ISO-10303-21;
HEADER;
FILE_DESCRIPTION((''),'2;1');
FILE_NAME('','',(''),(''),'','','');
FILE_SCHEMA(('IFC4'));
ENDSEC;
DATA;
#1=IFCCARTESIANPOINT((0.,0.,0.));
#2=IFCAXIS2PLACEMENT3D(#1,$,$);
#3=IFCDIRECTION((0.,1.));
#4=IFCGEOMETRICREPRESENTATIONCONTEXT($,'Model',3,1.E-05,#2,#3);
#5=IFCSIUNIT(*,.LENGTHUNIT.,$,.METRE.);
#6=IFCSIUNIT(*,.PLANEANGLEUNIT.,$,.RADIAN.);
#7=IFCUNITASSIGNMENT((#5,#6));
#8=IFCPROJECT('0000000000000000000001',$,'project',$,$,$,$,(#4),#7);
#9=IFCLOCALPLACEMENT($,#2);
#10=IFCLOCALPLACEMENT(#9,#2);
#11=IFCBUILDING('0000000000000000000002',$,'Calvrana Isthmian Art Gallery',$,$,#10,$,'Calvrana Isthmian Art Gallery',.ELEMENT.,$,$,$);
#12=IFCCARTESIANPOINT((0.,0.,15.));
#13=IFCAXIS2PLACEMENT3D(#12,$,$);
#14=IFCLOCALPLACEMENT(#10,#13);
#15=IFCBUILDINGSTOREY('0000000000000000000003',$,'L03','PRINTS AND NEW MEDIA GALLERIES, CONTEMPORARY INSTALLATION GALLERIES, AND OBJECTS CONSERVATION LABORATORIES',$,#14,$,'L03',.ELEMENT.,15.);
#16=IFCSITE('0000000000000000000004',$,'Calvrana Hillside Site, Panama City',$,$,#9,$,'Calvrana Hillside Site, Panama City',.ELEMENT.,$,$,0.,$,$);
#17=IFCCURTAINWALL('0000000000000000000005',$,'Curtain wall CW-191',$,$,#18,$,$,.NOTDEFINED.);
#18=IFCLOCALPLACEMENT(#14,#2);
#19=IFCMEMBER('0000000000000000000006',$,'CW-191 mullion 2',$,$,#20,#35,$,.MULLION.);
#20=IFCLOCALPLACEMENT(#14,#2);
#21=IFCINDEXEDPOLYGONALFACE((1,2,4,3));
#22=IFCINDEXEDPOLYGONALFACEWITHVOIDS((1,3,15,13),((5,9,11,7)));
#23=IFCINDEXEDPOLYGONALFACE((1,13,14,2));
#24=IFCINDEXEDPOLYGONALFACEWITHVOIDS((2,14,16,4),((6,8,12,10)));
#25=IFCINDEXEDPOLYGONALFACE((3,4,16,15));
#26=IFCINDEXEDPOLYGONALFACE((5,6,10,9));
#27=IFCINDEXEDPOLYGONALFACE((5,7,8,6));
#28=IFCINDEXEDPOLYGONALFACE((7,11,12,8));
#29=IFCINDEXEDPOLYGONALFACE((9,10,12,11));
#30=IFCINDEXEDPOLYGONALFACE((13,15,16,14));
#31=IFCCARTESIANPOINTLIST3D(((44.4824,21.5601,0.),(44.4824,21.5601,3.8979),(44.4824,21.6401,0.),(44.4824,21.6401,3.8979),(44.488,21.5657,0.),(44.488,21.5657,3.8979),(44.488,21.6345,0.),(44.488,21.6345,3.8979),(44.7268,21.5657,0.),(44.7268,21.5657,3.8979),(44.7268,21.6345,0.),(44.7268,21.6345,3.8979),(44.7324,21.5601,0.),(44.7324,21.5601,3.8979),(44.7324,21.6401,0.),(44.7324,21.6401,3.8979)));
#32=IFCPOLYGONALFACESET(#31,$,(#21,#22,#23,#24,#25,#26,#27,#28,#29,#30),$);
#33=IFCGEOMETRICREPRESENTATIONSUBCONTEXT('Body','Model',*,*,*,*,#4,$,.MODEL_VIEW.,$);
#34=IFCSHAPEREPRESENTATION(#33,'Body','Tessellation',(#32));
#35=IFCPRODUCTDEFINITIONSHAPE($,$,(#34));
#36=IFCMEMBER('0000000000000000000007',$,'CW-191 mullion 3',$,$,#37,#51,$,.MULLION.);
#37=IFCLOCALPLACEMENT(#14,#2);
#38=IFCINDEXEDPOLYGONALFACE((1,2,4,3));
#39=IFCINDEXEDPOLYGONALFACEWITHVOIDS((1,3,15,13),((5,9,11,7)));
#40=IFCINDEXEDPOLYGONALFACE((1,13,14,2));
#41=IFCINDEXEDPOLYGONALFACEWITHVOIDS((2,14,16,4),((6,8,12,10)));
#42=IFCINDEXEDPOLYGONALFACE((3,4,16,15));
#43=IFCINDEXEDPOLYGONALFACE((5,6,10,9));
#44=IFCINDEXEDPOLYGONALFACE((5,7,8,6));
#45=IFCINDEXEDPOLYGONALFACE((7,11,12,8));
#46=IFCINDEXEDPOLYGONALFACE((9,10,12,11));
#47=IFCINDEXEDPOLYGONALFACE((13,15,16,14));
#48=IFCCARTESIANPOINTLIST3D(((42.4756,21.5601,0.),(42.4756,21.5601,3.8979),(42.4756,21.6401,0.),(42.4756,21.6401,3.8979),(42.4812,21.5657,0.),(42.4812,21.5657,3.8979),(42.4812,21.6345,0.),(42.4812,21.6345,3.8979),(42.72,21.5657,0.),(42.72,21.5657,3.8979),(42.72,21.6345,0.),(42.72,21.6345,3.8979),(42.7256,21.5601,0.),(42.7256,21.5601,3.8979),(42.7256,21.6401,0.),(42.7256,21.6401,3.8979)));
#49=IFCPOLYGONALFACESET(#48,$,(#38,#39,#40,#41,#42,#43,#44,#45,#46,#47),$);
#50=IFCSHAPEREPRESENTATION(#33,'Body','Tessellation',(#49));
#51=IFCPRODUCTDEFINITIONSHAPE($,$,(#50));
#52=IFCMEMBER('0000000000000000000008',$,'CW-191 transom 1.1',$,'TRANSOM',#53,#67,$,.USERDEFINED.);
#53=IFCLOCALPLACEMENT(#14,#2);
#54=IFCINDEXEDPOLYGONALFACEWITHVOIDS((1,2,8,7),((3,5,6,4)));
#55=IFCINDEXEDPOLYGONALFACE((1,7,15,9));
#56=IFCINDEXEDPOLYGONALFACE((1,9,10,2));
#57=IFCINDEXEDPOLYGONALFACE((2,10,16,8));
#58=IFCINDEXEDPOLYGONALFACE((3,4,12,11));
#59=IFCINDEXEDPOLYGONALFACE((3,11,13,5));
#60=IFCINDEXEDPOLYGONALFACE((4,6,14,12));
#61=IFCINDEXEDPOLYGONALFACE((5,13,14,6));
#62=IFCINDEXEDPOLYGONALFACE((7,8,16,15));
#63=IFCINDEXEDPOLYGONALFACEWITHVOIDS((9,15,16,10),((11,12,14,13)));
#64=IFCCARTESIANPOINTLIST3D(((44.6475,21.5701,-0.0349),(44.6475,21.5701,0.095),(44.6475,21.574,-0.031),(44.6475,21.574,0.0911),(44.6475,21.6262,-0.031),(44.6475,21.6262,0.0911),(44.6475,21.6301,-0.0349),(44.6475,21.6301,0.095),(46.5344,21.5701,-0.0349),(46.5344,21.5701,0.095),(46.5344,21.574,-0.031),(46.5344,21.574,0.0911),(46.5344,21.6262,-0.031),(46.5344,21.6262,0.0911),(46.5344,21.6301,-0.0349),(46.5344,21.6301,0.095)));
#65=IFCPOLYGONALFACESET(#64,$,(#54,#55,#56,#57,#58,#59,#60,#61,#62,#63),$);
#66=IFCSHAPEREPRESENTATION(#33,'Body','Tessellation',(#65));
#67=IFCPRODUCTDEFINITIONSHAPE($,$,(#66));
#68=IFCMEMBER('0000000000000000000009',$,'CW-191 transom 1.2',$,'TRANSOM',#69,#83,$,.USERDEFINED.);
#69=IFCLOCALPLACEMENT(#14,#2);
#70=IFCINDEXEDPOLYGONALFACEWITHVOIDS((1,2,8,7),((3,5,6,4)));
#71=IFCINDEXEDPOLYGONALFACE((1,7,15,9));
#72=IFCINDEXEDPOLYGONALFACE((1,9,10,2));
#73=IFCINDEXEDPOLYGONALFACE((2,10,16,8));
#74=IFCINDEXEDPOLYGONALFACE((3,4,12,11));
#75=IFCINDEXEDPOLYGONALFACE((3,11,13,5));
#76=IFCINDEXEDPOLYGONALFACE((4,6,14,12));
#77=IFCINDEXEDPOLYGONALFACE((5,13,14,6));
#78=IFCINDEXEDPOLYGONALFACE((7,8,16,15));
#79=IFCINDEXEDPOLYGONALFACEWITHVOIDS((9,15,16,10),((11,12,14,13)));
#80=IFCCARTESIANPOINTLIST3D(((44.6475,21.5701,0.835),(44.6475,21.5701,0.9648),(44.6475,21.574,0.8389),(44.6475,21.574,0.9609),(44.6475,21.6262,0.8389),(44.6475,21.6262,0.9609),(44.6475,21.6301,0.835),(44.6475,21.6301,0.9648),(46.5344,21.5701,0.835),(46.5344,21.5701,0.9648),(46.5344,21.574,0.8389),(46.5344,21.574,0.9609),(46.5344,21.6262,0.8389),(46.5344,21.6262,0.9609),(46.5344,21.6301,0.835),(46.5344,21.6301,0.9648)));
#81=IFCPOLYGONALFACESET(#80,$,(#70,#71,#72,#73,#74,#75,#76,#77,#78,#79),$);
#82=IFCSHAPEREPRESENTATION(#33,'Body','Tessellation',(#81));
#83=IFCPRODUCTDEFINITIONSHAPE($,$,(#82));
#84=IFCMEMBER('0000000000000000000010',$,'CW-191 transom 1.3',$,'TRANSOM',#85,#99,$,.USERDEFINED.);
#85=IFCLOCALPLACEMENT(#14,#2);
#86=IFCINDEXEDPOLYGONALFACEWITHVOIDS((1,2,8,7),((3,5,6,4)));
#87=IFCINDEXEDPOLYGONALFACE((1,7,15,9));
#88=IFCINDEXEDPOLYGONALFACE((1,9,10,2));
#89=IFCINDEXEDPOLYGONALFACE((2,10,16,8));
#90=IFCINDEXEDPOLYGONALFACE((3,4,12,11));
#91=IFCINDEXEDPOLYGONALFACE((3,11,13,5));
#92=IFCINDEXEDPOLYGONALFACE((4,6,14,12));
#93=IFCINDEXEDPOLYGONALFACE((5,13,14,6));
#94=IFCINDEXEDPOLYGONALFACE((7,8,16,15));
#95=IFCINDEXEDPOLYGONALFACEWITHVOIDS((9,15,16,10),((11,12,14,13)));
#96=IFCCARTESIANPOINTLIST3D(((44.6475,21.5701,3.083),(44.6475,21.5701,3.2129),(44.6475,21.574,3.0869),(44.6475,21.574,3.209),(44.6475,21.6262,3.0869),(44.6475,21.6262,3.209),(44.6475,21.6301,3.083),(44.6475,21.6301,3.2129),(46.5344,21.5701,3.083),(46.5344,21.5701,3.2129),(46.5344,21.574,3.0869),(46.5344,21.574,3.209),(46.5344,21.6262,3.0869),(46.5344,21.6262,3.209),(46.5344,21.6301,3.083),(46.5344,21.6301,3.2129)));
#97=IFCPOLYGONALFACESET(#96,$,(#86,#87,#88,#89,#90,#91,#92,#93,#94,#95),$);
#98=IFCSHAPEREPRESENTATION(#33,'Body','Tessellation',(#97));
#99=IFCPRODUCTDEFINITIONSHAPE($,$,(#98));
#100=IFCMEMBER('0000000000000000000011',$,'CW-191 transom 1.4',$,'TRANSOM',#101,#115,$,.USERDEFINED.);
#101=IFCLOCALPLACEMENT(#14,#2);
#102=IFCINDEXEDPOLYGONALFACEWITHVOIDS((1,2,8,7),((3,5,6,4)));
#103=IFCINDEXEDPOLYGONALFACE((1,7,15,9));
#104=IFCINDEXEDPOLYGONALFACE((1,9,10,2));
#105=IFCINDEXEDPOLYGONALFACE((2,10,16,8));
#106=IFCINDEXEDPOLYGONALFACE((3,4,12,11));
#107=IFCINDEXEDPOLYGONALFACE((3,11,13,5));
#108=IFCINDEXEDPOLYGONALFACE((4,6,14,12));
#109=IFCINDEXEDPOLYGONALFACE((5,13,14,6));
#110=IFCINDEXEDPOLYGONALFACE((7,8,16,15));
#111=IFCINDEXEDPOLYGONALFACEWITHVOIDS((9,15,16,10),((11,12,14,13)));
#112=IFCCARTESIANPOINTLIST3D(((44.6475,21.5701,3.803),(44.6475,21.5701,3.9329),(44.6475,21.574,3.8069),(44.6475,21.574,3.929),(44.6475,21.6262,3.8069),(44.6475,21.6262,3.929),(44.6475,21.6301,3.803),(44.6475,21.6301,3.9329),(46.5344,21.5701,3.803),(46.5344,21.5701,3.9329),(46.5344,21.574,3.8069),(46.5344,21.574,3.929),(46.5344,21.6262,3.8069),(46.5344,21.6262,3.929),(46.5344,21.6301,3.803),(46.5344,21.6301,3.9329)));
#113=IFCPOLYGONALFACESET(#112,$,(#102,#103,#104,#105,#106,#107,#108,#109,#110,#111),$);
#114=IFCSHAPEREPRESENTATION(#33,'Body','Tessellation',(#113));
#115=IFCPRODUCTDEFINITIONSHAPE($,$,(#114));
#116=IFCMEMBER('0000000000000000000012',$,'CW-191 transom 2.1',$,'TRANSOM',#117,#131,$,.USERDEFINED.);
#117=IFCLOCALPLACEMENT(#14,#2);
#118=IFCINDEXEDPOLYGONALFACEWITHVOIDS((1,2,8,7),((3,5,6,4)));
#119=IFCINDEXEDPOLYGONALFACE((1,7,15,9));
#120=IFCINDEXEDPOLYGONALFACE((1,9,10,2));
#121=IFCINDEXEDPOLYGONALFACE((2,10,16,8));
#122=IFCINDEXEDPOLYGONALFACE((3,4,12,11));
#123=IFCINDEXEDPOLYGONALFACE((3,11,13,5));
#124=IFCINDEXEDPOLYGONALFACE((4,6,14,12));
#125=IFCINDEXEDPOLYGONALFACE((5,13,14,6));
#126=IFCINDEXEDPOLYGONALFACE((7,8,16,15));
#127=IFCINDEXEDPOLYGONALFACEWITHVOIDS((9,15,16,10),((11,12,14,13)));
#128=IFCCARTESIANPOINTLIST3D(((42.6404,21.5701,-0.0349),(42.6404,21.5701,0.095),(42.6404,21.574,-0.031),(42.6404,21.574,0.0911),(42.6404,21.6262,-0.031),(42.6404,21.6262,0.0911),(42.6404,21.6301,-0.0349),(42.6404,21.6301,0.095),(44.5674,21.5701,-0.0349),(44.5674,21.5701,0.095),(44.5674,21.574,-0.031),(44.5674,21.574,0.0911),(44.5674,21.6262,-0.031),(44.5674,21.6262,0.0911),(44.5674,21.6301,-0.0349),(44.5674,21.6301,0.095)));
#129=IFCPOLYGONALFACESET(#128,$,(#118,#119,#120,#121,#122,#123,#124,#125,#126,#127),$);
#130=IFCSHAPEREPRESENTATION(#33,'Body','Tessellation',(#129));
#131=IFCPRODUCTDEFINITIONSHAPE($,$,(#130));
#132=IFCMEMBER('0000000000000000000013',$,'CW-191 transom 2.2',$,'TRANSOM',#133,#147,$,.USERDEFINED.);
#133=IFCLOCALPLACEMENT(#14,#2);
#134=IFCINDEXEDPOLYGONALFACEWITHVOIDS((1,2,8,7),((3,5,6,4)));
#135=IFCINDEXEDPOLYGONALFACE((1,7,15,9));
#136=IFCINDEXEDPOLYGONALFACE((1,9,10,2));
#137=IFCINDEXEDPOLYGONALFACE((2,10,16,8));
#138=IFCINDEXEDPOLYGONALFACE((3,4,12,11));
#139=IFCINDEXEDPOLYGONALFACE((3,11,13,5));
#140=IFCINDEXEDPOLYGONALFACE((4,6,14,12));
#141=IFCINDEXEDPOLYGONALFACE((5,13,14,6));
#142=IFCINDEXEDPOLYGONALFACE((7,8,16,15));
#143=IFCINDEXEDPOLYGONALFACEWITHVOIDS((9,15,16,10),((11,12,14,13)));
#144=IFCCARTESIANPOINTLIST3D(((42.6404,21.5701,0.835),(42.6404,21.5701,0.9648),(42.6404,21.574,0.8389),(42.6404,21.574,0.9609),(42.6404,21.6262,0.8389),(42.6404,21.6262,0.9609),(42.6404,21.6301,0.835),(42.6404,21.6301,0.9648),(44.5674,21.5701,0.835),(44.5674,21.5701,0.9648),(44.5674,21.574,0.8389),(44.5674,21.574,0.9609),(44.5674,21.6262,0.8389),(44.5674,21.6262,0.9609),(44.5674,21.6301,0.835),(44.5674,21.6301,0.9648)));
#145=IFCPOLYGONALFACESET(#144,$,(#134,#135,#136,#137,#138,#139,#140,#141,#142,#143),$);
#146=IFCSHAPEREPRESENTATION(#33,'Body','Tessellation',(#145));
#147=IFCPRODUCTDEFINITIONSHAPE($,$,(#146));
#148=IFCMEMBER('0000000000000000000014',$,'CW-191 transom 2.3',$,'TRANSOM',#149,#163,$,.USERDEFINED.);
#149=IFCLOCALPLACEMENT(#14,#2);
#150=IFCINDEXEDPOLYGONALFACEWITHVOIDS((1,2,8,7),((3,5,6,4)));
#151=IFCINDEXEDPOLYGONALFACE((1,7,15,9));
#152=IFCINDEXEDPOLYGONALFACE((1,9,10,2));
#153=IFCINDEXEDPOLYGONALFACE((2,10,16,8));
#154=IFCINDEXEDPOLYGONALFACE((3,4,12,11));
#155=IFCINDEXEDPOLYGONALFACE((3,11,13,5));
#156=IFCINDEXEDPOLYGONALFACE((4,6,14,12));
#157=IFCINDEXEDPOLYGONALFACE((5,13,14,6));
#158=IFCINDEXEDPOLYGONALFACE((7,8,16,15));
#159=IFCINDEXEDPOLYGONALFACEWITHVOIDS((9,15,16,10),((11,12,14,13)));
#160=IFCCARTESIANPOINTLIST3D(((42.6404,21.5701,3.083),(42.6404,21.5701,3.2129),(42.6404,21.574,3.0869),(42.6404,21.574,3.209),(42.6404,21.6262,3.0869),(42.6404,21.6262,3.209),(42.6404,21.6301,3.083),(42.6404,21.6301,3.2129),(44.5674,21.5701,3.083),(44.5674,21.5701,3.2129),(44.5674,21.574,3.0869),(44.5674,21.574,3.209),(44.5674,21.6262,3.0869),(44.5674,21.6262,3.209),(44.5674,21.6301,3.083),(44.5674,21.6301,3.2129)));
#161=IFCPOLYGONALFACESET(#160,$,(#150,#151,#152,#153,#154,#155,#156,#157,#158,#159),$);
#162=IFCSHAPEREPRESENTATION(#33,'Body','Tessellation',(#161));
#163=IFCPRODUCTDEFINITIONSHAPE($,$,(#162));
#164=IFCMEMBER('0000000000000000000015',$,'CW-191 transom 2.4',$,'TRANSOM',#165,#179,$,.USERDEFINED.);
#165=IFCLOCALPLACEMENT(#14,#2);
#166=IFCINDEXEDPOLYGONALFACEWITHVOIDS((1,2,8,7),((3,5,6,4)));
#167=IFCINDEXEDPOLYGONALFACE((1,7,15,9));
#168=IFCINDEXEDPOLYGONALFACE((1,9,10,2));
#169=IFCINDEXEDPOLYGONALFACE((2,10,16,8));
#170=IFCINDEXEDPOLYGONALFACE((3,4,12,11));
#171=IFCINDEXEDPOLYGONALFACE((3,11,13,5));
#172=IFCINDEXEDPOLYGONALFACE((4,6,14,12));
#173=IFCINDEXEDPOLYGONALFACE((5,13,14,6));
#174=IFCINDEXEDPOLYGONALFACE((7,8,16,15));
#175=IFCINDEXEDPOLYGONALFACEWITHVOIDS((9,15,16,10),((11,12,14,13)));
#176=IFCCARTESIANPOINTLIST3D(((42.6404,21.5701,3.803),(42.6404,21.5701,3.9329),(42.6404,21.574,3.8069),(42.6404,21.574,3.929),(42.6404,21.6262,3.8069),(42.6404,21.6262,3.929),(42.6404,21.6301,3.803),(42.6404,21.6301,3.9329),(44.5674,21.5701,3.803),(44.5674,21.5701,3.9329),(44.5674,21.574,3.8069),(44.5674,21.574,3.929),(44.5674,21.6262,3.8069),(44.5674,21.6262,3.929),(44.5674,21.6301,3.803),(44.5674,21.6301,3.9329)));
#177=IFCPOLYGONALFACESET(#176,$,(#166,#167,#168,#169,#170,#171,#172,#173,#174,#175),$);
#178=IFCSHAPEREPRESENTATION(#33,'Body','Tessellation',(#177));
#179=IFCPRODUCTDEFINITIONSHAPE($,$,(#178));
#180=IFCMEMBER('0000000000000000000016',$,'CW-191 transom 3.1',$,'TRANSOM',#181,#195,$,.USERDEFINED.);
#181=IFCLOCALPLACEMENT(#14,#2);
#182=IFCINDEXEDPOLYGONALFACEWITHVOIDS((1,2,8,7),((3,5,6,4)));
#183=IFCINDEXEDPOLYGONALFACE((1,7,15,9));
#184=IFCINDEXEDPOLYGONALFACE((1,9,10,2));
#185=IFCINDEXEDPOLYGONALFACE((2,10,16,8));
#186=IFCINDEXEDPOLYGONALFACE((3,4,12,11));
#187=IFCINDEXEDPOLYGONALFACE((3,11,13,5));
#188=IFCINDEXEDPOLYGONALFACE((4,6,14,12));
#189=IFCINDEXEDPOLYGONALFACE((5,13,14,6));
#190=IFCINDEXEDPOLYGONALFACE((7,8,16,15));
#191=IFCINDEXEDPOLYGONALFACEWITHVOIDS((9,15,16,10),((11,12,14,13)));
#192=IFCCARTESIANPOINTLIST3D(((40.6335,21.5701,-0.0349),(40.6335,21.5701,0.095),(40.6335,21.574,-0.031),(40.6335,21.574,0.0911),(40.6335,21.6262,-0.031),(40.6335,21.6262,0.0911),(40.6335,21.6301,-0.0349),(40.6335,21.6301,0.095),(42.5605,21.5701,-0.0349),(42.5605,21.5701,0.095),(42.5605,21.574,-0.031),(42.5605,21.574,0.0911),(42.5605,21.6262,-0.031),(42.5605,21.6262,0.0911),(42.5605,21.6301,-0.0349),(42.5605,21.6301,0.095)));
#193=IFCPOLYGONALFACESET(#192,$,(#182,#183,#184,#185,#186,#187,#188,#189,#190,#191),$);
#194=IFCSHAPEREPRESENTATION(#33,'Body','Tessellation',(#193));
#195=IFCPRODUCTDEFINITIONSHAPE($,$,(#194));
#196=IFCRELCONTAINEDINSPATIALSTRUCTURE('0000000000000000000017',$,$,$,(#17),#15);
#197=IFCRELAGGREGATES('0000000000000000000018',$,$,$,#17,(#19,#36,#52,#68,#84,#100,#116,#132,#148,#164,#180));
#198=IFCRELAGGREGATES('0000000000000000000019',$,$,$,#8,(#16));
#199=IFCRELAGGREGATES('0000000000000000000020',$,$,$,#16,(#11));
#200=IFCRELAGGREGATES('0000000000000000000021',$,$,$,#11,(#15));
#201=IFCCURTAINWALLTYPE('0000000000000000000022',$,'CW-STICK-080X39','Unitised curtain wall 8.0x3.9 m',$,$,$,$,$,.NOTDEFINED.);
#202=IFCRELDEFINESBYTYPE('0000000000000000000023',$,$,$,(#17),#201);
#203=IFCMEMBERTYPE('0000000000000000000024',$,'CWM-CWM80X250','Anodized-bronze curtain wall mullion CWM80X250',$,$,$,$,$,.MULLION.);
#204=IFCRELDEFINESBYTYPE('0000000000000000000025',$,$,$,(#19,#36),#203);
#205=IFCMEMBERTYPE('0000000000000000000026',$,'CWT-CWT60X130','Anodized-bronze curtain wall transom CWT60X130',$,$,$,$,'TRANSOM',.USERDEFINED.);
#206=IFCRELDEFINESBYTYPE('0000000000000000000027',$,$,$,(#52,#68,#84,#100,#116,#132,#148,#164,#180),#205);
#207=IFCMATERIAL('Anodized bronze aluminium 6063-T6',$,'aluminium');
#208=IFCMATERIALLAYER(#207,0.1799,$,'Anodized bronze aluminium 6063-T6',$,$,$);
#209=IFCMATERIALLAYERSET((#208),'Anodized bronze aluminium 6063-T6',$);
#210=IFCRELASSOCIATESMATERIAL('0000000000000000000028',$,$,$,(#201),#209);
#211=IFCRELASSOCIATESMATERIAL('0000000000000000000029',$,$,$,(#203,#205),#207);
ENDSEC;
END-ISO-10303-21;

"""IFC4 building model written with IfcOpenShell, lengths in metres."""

from ifc_helpers import new_model, si_unit, direction, frame, origin, origin_2d, place, context, subcontext, project, spatial, hollow_rectangle, extrude, material, layer, layer_set, material_profile, profile_set, type_object, element, aggregate, save


model = new_model("IFC4")

# Units and contexts
model_context = context("Model", 3, precision=1e-05, world=origin(), true_north=direction((0.0, 1.0)))
body_context = subcontext(model_context, "Body", "Model", "MODEL_VIEW")
ifc_project = project(units=[si_unit("LENGTHUNIT", "METRE"), si_unit("PLANEANGLEUNIT", "RADIAN")], contexts=[model_context])

# Site, building, storey
site_placement = place(None, origin())
site = spatial("IfcSite", under=ifc_project, at=site_placement, Name="Calvrana Hillside Site, Panama City", LongName="Calvrana Hillside Site, Panama City", CompositionType="ELEMENT", RefElevation=0.0)
building_placement = place(site_placement, origin())
building = spatial("IfcBuilding", under=site, at=building_placement, Name="Calvrana Isthmian Art Gallery", LongName="Calvrana Isthmian Art Gallery", CompositionType="ELEMENT")
storey_placement = place(building_placement, frame((0.0, 0.0, 15.0)))
storey = spatial("IfcBuildingStorey", under=building, at=storey_placement, Name="L03", Description="PRINTS AND NEW MEDIA GALLERIES, CONTEMPORARY INSTALLATION GALLERIES, AND OBJECTS CONSERVATION LABORATORIES", LongName="L03", CompositionType="ELEMENT", Elevation=15.0)

# Shared definitions
ifc_material_1 = material(Name="Anodized bronze aluminium 6063-T6", Category="aluminium")
ifc_layer_1 = layer(ifc_material_1, 0.1799, Name="Anodized bronze aluminium 6063-T6")
ifc_layer_set_1 = layer_set([ifc_layer_1], Name="Anodized bronze aluminium 6063-T6")
curtain_wall_type = type_object("IfcCurtainWallType", Name="CW-STICK-080X39", Description="Unitised curtain wall 8.0x3.9 m", PredefinedType="NOTDEFINED", material=ifc_layer_set_1)

# Curtain wall, members
curtain_wall_1_placement = place(storey_placement, origin())
curtain_wall_1 = element("IfcCurtainWall", 1, at=curtain_wall_1_placement, inside=storey, type_object=curtain_wall_type, Name="Curtain wall CW-191", PredefinedType="NOTDEFINED")
ifc_material_profile_1 = material_profile(ifc_material_1, hollow_rectangle(XDim=0.0801, YDim=0.25, WallThickness=0.0056, at=origin_2d()), Name="CWM80X250")
ifc_profile_set_1 = profile_set([ifc_material_profile_1], Name="Anodized bronze aluminium 6063-T6")
member_type_1 = type_object("IfcMemberType", Name="CWM-CWM80X250", Description="Anodized-bronze curtain wall mullion CWM80X250", PredefinedType="MULLION", material=ifc_profile_set_1)
member_1_placement = place(storey_placement, frame((44.6074, 21.6001, 0.0), z_axis=(0.0, 0.0, 1.0), x_axis=(0.0, -1.0, 0.0)))
member_1 = element("IfcMember", 2, at=member_1_placement, type_object=member_type_1, Name="CW-191 mullion 2", PredefinedType="MULLION", context=body_context, shape_type="SweptSolid", body=[
    extrude(hollow_rectangle(XDim=0.0801, YDim=0.25, WallThickness=0.0056, at=origin_2d()), origin(), (0.0, 0.0, 1.0), 3.8979),
])
member_2_placement = place(storey_placement, frame((42.6006, 21.6001, 0.0), z_axis=(0.0, 0.0, 1.0), x_axis=(0.0, -1.0, 0.0)))
member_2 = element("IfcMember", 3, at=member_2_placement, type_object=member_type_1, Name="CW-191 mullion 3", PredefinedType="MULLION", context=body_context, shape_type="SweptSolid", body=[
    extrude(hollow_rectangle(XDim=0.0801, YDim=0.25, WallThickness=0.0056, at=origin_2d()), origin(), (0.0, 0.0, 1.0), 3.8979),
])
ifc_material_profile_2 = material_profile(ifc_material_1, hollow_rectangle(XDim=0.0601, YDim=0.1299, WallThickness=0.0039, at=origin_2d()), Name="CWT60X130")
ifc_profile_set_2 = profile_set([ifc_material_profile_2], Name="Anodized bronze aluminium 6063-T6")
member_type_2 = type_object("IfcMemberType", Name="CWT-CWT60X130", Description="Anodized-bronze curtain wall transom CWT60X130", ElementType="TRANSOM", PredefinedType="USERDEFINED", material=ifc_profile_set_2)
member_3_placement = place(storey_placement, frame((46.5344, 21.6001, 0.03), z_axis=(-1.0, 0.0, 0.0), x_axis=(0.0, -1.0, 0.0)))
member_3 = element("IfcMember", 4, at=member_3_placement, type_object=member_type_2, Name="CW-191 transom 1.1", ObjectType="TRANSOM", PredefinedType="USERDEFINED", context=body_context, shape_type="SweptSolid", body=[
    extrude(hollow_rectangle(XDim=0.0601, YDim=0.1299, WallThickness=0.0039, at=origin_2d()), origin(), (0.0, 0.0, 1.0), 1.887),
])
member_4_placement = place(storey_placement, frame((46.5344, 21.6001, 0.8999), z_axis=(-1.0, 0.0, 0.0), x_axis=(0.0, -1.0, 0.0)))
member_4 = element("IfcMember", 5, at=member_4_placement, type_object=member_type_2, Name="CW-191 transom 1.2", ObjectType="TRANSOM", PredefinedType="USERDEFINED", context=body_context, shape_type="SweptSolid", body=[
    extrude(hollow_rectangle(XDim=0.0601, YDim=0.1299, WallThickness=0.0039, at=origin_2d()), origin(), (0.0, 0.0, 1.0), 1.887),
])
member_5_placement = place(storey_placement, frame((46.5344, 21.6001, 3.1479), z_axis=(-1.0, 0.0, 0.0), x_axis=(0.0, -1.0, 0.0)))
member_5 = element("IfcMember", 6, at=member_5_placement, type_object=member_type_2, Name="CW-191 transom 1.3", ObjectType="TRANSOM", PredefinedType="USERDEFINED", context=body_context, shape_type="SweptSolid", body=[
    extrude(hollow_rectangle(XDim=0.0601, YDim=0.1299, WallThickness=0.0039, at=origin_2d()), origin(), (0.0, 0.0, 1.0), 1.887),
])
member_6_placement = place(storey_placement, frame((46.5344, 21.6001, 3.8679), z_axis=(-1.0, 0.0, 0.0), x_axis=(0.0, -1.0, 0.0)))
member_6 = element("IfcMember", 7, at=member_6_placement, type_object=member_type_2, Name="CW-191 transom 1.4", ObjectType="TRANSOM", PredefinedType="USERDEFINED", context=body_context, shape_type="SweptSolid", body=[
    extrude(hollow_rectangle(XDim=0.0601, YDim=0.1299, WallThickness=0.0039, at=origin_2d()), origin(), (0.0, 0.0, 1.0), 1.887),
])
member_7_placement = place(storey_placement, frame((44.5674, 21.6001, 0.03), z_axis=(-1.0, 0.0, 0.0), x_axis=(0.0, -1.0, 0.0)))
member_7 = element("IfcMember", 8, at=member_7_placement, type_object=member_type_2, Name="CW-191 transom 2.1", ObjectType="TRANSOM", PredefinedType="USERDEFINED", context=body_context, shape_type="SweptSolid", body=[
    extrude(hollow_rectangle(XDim=0.0601, YDim=0.1299, WallThickness=0.0039, at=origin_2d()), origin(), (0.0, 0.0, 1.0), 1.927),
])
member_8_placement = place(storey_placement, frame((44.5674, 21.6001, 0.8999), z_axis=(-1.0, 0.0, 0.0), x_axis=(0.0, -1.0, 0.0)))
member_8 = element("IfcMember", 9, at=member_8_placement, type_object=member_type_2, Name="CW-191 transom 2.2", ObjectType="TRANSOM", PredefinedType="USERDEFINED", context=body_context, shape_type="SweptSolid", body=[
    extrude(hollow_rectangle(XDim=0.0601, YDim=0.1299, WallThickness=0.0039, at=origin_2d()), origin(), (0.0, 0.0, 1.0), 1.927),
])
member_9_placement = place(storey_placement, frame((44.5674, 21.6001, 3.1479), z_axis=(-1.0, 0.0, 0.0), x_axis=(0.0, -1.0, 0.0)))
member_9 = element("IfcMember", 10, at=member_9_placement, type_object=member_type_2, Name="CW-191 transom 2.3", ObjectType="TRANSOM", PredefinedType="USERDEFINED", context=body_context, shape_type="SweptSolid", body=[
    extrude(hollow_rectangle(XDim=0.0601, YDim=0.1299, WallThickness=0.0039, at=origin_2d()), origin(), (0.0, 0.0, 1.0), 1.927),
])
member_10_placement = place(storey_placement, frame((44.5674, 21.6001, 3.8679), z_axis=(-1.0, 0.0, 0.0), x_axis=(0.0, -1.0, 0.0)))
member_10 = element("IfcMember", 11, at=member_10_placement, type_object=member_type_2, Name="CW-191 transom 2.4", ObjectType="TRANSOM", PredefinedType="USERDEFINED", context=body_context, shape_type="SweptSolid", body=[
    extrude(hollow_rectangle(XDim=0.0601, YDim=0.1299, WallThickness=0.0039, at=origin_2d()), origin(), (0.0, 0.0, 1.0), 1.927),
])
member_11_placement = place(storey_placement, frame((42.5605, 21.6001, 0.03), z_axis=(-1.0, 0.0, 0.0), x_axis=(0.0, -1.0, 0.0)))
member_11 = element("IfcMember", 12, at=member_11_placement, type_object=member_type_2, Name="CW-191 transom 3.1", ObjectType="TRANSOM", PredefinedType="USERDEFINED", context=body_context, shape_type="SweptSolid", body=[
    extrude(hollow_rectangle(XDim=0.0601, YDim=0.1299, WallThickness=0.0039, at=origin_2d()), origin(), (0.0, 0.0, 1.0), 1.927),
])

aggregate(curtain_wall_1, [member_1, member_2, member_3, member_4, member_5, member_6, member_7, member_8, member_9, member_10, member_11])

save(model, "model.ifc")
